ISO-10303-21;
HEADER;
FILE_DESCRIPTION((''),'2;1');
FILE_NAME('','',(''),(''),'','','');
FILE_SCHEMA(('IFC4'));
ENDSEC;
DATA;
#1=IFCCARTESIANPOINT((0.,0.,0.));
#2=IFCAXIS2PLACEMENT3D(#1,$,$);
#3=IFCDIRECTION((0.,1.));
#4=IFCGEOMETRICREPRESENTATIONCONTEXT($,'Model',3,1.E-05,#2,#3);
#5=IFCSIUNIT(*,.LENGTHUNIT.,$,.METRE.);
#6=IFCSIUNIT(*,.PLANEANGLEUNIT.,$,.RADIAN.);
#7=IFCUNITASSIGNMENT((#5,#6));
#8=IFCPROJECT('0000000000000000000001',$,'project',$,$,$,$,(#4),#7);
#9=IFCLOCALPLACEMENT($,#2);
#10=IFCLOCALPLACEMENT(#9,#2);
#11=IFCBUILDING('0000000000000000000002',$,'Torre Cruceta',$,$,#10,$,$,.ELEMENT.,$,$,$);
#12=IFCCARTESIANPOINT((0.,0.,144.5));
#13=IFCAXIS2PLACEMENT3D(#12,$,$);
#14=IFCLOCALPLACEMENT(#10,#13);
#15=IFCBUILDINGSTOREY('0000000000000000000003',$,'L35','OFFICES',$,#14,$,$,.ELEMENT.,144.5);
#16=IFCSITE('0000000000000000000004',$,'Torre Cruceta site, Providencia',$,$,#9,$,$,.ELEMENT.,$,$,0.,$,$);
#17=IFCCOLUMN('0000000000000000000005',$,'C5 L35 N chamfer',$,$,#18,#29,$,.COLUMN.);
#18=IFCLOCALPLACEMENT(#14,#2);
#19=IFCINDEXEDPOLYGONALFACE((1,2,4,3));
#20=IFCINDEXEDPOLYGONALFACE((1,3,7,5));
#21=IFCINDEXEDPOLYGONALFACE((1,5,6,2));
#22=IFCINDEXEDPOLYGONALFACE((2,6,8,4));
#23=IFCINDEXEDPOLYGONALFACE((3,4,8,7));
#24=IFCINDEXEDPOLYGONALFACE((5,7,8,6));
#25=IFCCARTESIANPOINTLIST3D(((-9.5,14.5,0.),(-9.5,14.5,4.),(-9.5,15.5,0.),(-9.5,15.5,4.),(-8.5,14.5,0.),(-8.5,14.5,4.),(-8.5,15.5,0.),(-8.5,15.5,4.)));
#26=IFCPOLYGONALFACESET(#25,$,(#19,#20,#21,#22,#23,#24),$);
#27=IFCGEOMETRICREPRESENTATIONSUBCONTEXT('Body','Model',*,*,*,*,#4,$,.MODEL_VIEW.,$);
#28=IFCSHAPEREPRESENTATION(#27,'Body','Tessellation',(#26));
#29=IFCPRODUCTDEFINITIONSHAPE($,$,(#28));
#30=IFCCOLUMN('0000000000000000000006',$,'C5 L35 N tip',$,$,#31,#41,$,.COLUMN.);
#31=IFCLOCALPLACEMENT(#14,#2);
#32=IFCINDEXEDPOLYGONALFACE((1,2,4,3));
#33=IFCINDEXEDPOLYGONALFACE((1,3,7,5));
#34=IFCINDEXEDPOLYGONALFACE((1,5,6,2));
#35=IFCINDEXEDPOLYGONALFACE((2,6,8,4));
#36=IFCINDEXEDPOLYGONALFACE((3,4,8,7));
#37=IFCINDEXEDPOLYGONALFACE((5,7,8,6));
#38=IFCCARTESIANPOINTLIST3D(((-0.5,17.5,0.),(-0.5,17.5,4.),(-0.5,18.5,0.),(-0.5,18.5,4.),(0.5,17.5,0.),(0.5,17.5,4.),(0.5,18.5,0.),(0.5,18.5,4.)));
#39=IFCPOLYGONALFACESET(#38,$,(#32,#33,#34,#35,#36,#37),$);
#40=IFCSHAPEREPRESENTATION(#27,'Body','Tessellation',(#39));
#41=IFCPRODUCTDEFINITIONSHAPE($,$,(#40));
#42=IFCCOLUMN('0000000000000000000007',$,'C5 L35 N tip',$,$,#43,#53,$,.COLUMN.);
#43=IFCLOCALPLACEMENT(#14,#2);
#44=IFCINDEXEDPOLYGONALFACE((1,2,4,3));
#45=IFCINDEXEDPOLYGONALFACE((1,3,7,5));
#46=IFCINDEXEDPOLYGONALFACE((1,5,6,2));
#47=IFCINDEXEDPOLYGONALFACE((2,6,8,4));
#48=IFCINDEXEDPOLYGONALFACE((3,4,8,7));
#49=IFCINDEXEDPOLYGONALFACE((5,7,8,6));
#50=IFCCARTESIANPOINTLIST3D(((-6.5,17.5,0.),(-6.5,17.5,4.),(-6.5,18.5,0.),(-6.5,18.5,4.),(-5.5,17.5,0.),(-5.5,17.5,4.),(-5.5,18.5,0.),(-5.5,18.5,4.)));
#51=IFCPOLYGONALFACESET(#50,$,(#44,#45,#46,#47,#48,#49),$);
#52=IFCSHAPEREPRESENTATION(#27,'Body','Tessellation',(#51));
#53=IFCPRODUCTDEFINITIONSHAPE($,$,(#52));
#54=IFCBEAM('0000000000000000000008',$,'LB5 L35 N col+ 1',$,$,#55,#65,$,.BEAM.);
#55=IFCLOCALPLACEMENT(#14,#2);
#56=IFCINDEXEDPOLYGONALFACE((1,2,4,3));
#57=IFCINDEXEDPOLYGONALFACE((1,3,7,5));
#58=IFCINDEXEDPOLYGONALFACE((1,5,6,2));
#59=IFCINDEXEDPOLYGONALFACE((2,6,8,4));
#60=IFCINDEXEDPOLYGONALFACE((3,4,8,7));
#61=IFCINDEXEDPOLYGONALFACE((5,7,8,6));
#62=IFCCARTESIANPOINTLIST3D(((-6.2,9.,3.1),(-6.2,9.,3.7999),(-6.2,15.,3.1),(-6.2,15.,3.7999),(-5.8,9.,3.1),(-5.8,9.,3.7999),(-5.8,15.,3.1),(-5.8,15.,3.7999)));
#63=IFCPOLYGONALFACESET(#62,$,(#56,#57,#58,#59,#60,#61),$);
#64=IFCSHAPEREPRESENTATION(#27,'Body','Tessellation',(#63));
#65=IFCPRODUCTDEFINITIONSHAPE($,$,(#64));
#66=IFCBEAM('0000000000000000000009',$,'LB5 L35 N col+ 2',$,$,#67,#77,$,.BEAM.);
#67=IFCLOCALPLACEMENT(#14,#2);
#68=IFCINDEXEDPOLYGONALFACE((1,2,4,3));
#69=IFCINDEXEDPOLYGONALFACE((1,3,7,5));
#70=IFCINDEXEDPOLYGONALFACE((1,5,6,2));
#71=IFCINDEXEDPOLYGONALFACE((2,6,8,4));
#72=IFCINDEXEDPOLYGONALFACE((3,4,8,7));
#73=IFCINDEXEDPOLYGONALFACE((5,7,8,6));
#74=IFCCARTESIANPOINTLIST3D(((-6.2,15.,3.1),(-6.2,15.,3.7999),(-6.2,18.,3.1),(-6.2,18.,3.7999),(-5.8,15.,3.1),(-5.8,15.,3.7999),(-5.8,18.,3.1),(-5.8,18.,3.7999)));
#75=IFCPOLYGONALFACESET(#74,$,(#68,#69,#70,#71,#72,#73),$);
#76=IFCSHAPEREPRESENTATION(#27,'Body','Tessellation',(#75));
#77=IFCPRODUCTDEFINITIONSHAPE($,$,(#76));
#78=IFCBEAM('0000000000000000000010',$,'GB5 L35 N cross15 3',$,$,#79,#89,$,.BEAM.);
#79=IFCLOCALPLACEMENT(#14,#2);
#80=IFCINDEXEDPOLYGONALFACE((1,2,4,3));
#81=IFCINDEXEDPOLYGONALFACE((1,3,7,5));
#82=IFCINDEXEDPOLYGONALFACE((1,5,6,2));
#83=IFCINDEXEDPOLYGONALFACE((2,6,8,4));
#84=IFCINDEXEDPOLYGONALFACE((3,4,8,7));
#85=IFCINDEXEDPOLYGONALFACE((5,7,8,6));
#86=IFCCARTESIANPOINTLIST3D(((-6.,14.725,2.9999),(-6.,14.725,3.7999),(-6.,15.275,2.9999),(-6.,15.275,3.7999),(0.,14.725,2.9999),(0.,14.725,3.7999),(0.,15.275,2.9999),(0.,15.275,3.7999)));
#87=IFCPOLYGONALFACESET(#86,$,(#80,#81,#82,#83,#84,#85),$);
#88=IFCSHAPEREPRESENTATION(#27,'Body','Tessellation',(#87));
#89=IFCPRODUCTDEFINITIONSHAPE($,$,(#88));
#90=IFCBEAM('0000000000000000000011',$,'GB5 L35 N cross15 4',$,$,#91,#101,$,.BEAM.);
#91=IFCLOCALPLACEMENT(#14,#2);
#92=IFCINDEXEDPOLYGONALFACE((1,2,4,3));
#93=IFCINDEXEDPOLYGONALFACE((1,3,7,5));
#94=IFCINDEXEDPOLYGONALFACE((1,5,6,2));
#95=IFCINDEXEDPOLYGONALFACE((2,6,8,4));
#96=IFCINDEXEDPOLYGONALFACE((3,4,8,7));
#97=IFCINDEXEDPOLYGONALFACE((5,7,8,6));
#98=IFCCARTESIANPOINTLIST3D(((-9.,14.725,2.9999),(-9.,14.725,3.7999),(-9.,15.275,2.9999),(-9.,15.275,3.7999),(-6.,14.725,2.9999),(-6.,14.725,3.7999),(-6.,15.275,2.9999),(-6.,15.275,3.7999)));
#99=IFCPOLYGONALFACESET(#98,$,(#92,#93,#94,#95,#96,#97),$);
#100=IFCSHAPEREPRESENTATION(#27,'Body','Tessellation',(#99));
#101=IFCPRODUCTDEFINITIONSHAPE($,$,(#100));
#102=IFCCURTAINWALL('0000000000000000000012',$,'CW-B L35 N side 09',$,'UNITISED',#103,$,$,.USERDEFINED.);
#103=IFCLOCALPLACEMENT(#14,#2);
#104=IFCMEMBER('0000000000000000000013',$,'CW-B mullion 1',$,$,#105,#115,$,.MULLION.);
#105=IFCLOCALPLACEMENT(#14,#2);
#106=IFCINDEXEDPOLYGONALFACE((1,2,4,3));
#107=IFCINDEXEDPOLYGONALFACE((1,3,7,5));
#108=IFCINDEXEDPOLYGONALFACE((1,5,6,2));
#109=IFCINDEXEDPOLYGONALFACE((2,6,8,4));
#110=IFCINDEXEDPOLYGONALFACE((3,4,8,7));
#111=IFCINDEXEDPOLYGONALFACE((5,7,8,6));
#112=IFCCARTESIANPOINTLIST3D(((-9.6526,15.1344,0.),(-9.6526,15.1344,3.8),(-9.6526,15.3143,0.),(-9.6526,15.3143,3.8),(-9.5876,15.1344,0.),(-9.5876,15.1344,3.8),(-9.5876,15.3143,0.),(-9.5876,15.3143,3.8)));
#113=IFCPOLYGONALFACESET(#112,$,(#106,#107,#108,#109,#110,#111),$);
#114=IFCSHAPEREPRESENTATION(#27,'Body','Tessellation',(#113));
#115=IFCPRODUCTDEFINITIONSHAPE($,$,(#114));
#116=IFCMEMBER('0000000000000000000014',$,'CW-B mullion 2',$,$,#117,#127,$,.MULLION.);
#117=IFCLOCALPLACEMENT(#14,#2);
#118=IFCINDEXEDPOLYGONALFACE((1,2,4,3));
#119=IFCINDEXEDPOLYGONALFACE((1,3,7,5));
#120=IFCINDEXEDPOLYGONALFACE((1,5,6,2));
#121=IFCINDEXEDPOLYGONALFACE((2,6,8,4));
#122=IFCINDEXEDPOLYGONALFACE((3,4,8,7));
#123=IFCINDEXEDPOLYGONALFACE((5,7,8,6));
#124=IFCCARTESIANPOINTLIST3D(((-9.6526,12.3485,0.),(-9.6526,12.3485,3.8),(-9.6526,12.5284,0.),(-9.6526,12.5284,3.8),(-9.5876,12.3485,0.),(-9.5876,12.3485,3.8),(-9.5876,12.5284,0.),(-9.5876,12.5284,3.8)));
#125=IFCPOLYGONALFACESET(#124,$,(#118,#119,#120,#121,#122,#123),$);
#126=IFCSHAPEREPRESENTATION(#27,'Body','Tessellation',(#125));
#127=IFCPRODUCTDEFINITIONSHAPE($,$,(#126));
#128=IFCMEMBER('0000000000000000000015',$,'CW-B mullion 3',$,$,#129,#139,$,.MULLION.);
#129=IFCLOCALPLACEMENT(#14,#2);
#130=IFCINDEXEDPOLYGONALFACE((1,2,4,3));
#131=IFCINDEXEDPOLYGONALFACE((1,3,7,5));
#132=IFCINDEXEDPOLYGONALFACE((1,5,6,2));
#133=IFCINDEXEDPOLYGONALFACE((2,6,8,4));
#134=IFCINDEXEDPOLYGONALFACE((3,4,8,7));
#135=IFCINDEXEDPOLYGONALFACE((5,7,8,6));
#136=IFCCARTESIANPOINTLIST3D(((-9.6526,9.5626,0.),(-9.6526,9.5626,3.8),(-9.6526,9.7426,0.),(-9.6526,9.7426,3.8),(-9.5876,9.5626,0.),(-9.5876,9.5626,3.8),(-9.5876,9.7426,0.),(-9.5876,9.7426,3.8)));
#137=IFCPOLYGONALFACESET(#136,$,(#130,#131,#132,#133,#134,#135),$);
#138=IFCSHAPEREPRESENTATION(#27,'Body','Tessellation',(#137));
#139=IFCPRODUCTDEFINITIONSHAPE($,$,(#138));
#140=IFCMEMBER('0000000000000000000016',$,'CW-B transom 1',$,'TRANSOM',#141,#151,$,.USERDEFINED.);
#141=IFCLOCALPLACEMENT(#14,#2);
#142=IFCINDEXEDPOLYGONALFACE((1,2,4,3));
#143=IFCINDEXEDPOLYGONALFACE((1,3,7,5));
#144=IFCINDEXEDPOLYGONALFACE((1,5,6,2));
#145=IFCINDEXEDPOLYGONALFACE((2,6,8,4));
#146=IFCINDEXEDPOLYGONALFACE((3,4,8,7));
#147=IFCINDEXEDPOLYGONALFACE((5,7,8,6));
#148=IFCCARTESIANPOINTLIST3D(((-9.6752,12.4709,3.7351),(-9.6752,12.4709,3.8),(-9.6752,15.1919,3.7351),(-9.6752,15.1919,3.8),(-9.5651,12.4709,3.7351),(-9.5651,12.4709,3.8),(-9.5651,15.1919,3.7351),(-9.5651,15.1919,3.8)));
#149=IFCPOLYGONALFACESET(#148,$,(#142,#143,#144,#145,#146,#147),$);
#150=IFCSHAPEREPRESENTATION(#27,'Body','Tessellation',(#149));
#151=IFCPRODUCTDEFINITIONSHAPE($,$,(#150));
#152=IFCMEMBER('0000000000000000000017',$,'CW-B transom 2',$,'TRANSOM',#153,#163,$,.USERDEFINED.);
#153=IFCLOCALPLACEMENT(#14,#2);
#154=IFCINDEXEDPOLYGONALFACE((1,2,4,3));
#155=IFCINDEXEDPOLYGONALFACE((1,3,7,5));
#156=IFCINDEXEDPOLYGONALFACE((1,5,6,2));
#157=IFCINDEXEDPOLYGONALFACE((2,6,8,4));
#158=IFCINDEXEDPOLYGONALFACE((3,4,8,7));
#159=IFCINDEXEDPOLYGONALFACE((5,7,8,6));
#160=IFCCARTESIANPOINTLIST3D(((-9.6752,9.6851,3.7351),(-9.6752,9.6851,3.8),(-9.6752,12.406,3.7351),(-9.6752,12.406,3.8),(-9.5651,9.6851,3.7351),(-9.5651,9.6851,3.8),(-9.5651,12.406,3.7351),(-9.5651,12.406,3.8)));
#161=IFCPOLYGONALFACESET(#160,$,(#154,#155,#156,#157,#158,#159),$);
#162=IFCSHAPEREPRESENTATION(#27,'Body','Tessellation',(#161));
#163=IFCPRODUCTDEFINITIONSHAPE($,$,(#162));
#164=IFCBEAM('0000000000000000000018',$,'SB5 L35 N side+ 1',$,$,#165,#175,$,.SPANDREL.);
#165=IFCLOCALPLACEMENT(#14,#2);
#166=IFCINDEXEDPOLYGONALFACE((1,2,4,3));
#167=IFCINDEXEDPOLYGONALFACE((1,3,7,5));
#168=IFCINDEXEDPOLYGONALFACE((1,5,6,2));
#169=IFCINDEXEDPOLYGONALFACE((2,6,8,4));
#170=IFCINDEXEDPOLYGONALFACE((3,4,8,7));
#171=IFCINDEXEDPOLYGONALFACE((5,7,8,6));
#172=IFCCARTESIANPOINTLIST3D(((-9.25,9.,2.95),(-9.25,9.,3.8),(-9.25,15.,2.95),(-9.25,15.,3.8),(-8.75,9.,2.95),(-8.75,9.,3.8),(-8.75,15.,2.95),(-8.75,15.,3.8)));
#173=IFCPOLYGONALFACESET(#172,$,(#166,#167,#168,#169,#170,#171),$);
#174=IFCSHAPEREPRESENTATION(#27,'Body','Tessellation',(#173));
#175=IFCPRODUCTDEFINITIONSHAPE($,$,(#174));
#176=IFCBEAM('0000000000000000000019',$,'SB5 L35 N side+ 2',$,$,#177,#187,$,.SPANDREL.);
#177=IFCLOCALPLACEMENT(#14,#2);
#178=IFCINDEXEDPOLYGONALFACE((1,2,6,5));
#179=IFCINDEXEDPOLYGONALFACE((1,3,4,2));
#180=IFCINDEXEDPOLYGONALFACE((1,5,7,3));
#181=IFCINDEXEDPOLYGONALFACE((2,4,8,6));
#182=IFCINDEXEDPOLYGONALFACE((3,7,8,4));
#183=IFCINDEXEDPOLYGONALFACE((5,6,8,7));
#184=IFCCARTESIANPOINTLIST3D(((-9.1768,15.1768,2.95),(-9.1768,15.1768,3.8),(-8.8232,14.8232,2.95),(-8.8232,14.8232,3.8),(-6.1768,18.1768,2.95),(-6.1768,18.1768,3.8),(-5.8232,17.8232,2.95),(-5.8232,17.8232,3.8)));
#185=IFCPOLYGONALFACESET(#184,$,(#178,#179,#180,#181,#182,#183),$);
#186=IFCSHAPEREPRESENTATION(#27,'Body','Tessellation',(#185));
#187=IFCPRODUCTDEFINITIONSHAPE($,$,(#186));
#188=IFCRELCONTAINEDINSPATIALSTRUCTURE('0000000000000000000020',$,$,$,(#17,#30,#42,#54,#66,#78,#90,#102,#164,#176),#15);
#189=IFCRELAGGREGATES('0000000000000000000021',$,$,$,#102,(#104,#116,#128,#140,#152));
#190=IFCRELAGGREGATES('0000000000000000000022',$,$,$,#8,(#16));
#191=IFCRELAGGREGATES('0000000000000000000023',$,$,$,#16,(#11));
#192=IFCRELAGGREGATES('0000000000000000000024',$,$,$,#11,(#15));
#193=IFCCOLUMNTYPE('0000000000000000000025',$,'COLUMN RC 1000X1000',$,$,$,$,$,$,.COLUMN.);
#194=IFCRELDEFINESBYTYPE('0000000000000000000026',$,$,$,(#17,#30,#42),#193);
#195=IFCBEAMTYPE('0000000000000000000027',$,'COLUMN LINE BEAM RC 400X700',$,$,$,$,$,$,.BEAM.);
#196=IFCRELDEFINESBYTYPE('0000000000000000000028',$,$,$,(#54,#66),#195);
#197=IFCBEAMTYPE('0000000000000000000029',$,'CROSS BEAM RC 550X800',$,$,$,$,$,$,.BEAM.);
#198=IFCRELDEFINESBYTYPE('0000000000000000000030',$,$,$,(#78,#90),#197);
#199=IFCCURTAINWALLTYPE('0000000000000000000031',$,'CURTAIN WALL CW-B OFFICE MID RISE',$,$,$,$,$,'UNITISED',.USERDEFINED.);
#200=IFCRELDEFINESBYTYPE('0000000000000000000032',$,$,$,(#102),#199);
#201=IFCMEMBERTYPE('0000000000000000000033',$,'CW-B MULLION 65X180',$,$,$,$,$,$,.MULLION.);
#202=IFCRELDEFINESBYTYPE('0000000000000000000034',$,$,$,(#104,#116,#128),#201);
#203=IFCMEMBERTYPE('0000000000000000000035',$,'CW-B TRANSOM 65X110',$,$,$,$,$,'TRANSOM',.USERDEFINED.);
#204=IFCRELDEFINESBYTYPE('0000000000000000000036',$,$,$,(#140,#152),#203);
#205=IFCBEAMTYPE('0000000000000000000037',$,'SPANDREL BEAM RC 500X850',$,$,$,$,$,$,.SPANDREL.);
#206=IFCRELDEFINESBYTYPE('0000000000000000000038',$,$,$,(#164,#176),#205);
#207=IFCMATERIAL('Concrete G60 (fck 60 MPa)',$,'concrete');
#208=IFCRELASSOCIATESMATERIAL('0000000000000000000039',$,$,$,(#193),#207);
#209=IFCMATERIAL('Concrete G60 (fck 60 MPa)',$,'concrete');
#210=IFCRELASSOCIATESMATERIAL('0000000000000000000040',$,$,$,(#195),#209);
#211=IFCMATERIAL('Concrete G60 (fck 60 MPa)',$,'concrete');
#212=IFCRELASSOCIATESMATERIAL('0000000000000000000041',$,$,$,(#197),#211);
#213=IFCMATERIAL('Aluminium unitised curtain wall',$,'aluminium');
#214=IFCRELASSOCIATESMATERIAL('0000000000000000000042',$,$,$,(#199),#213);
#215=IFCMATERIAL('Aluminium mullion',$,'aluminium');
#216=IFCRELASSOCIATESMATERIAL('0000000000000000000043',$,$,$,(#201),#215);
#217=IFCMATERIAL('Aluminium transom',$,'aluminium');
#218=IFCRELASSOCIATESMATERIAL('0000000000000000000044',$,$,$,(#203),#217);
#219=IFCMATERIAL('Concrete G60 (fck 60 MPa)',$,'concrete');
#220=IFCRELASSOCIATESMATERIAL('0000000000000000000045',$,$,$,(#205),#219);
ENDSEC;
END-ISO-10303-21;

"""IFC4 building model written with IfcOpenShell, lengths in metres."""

from ifc_helpers import new_model, si_unit, direction, frame, origin, origin_2d, place, context, subcontext, project, spatial, rectangle, extrude, material, material_profile, profile_set, type_object, element, aggregate, save


model = new_model("IFC4")

# Units and contexts
model_context = context("Model", 3, precision=1e-05, world=origin(), true_north=direction((0.0, 1.0)))
body_context = subcontext(model_context, "Body", "Model", "MODEL_VIEW")
ifc_project = project(units=[si_unit("LENGTHUNIT", "METRE"), si_unit("PLANEANGLEUNIT", "RADIAN")], contexts=[model_context])

# Site, building, storey
site_placement = place(None, origin())
site = spatial("IfcSite", under=ifc_project, at=site_placement, Name="Torre Cruceta site, Providencia", CompositionType="ELEMENT", RefElevation=0.0)
building_placement = place(site_placement, origin())
building = spatial("IfcBuilding", under=site, at=building_placement, Name="Torre Cruceta", CompositionType="ELEMENT")
storey_placement = place(building_placement, frame((0.0, 0.0, 144.5)))
storey = spatial("IfcBuildingStorey", under=building, at=storey_placement, Name="L35", Description="OFFICES", CompositionType="ELEMENT", Elevation=144.5)

# Columns
ifc_material_1 = material(Name="Concrete G60 (fck 60 MPa)", Category="concrete")
ifc_material_profile_1 = material_profile(ifc_material_1, rectangle(XDim=1.0, YDim=1.0, at=origin_2d()), Name="RC 1000X1000")
ifc_profile_set_1 = profile_set([ifc_material_profile_1], Name="Concrete G60 (fck 60 MPa)")
column_type = type_object("IfcColumnType", Name="COLUMN RC 1000X1000", PredefinedType="COLUMN", material=ifc_profile_set_1)
for number, where, z_axis, x_axis, name in (
    (1, (-9.0, 15.0, 0.0), (0.0, 0.0, 1.0), (1.0, 0.0, 0.0), "C5 L35 N chamfer"),
    (2, (0.0, 18.0, 0.0), (0.0, 0.0, 1.0), (1.0, 0.0, 0.0), "C5 L35 N tip"),
    (3, (-6.0, 18.0, 0.0), (0.0, 0.0, 1.0), (1.0, 0.0, 0.0), "C5 L35 N tip"),
):
    element("IfcColumn", number, at=place(storey_placement, frame(where, z_axis=z_axis, x_axis=x_axis)), inside=storey, type_object=column_type, Name=name, PredefinedType="COLUMN", context=body_context, shape_type="SweptSolid", body=[
        extrude(rectangle(XDim=1.0, YDim=1.0, at=origin_2d()), origin(), (0.0, 0.0, 1.0), 4.0),
    ])

# Beams
ifc_material_2 = material(Name="Concrete G60 (fck 60 MPa)", Category="concrete")
ifc_material_profile_2 = material_profile(ifc_material_2, rectangle(XDim=0.3999, YDim=0.7, at=origin_2d()), Name="RC 400X700")
ifc_profile_set_2 = profile_set([ifc_material_profile_2], Name="Concrete G60 (fck 60 MPa)")
beam_type_1 = type_object("IfcBeamType", Name="COLUMN LINE BEAM RC 400X700", PredefinedType="BEAM", material=ifc_profile_set_2)
beam_1_placement = place(storey_placement, frame((-6.0, 9.0, 3.45), z_axis=(0.0, 1.0, 0.0), x_axis=(-1.0, 0.0, 0.0)))
element("IfcBeam", 4, at=beam_1_placement, inside=storey, type_object=beam_type_1, Name="LB5 L35 N col+ 1", PredefinedType="BEAM", context=body_context, shape_type="SweptSolid", body=[
    extrude(rectangle(XDim=0.3999, YDim=0.7, at=origin_2d()), origin(), (0.0, 0.0, 1.0), 6.0),
])
beam_2_placement = place(storey_placement, frame((-6.0, 15.0, 3.45), z_axis=(0.0, 1.0, 0.0), x_axis=(-1.0, 0.0, 0.0)))
element("IfcBeam", 5, at=beam_2_placement, inside=storey, type_object=beam_type_1, Name="LB5 L35 N col+ 2", PredefinedType="BEAM", context=body_context, shape_type="SweptSolid", body=[
    extrude(rectangle(XDim=0.3999, YDim=0.7, at=origin_2d()), origin(), (0.0, 0.0, 1.0), 3.0),
])
ifc_material_3 = material(Name="Concrete G60 (fck 60 MPa)", Category="concrete")
ifc_material_profile_3 = material_profile(ifc_material_3, rectangle(XDim=0.55, YDim=0.8, at=origin_2d()), Name="RC 550X800")
ifc_profile_set_3 = profile_set([ifc_material_profile_3], Name="Concrete G60 (fck 60 MPa)")
beam_type_2 = type_object("IfcBeamType", Name="CROSS BEAM RC 550X800", PredefinedType="BEAM", material=ifc_profile_set_3)
beam_3_placement = place(storey_placement, frame((0.0, 15.0, 3.3999), z_axis=(-1.0, 0.0, 0.0), x_axis=(0.0, -1.0, 0.0)))
element("IfcBeam", 6, at=beam_3_placement, inside=storey, type_object=beam_type_2, Name="GB5 L35 N cross15 3", PredefinedType="BEAM", context=body_context, shape_type="SweptSolid", body=[
    extrude(rectangle(XDim=0.55, YDim=0.8, at=origin_2d()), origin(), (0.0, 0.0, 1.0), 6.0),
])
beam_4_placement = place(storey_placement, frame((-6.0, 15.0, 3.3999), z_axis=(-1.0, 0.0, 0.0), x_axis=(0.0, -1.0, 0.0)))
element("IfcBeam", 7, at=beam_4_placement, inside=storey, type_object=beam_type_2, Name="GB5 L35 N cross15 4", PredefinedType="BEAM", context=body_context, shape_type="SweptSolid", body=[
    extrude(rectangle(XDim=0.55, YDim=0.8, at=origin_2d()), origin(), (0.0, 0.0, 1.0), 3.0),
])

# Curtain wall, members
ifc_material_4 = material(Name="Aluminium unitised curtain wall", Category="aluminium")
curtain_wall_type = type_object("IfcCurtainWallType", Name="CURTAIN WALL CW-B OFFICE MID RISE", ElementType="UNITISED", PredefinedType="USERDEFINED", material=ifc_material_4)
curtain_wall_placement = place(storey_placement, origin())
curtain_wall = element("IfcCurtainWall", 8, at=curtain_wall_placement, inside=storey, type_object=curtain_wall_type, Name="CW-B L35 N side 09", ObjectType="UNITISED", PredefinedType="USERDEFINED")
ifc_material_5 = material(Name="Aluminium mullion", Category="aluminium")
ifc_material_profile_4 = material_profile(ifc_material_5, rectangle(XDim=0.0649, YDim=0.1799, at=origin_2d()), Name="AL 65X180")
ifc_profile_set_4 = profile_set([ifc_material_profile_4], Name="Aluminium mullion")
member_type_1 = type_object("IfcMemberType", Name="CW-B MULLION 65X180", PredefinedType="MULLION", material=ifc_profile_set_4)
member_1_placement = place(storey_placement, frame((-9.6201, 15.2244, 0.0), z_axis=(0.0, 0.0, 1.0), x_axis=(1.0, 0.0, 0.0)))
member_1 = element("IfcMember", 9, at=member_1_placement, type_object=member_type_1, Name="CW-B mullion 1", PredefinedType="MULLION", context=body_context, shape_type="SweptSolid", body=[
    extrude(rectangle(XDim=0.0649, YDim=0.1799, at=origin_2d()), origin(), (0.0, 0.0, 1.0), 3.8),
])
member_2_placement = place(storey_placement, frame((-9.6201, 12.4385, 0.0), z_axis=(0.0, 0.0, 1.0), x_axis=(1.0, 0.0, 0.0)))
member_2 = element("IfcMember", 10, at=member_2_placement, type_object=member_type_1, Name="CW-B mullion 2", PredefinedType="MULLION", context=body_context, shape_type="SweptSolid", body=[
    extrude(rectangle(XDim=0.0649, YDim=0.1799, at=origin_2d()), origin(), (0.0, 0.0, 1.0), 3.8),
])
member_3_placement = place(storey_placement, frame((-9.6201, 9.6526, 0.0), z_axis=(0.0, 0.0, 1.0), x_axis=(1.0, 0.0, 0.0)))
member_3 = element("IfcMember", 11, at=member_3_placement, type_object=member_type_1, Name="CW-B mullion 3", PredefinedType="MULLION", context=body_context, shape_type="SweptSolid", body=[
    extrude(rectangle(XDim=0.0649, YDim=0.1799, at=origin_2d()), origin(), (0.0, 0.0, 1.0), 3.8),
])
ifc_material_6 = material(Name="Aluminium transom", Category="aluminium")
ifc_material_profile_5 = material_profile(ifc_material_6, rectangle(XDim=0.1101, YDim=0.0649, at=origin_2d()), Name="AL 110X65")
ifc_profile_set_5 = profile_set([ifc_material_profile_5], Name="Aluminium transom")
member_type_2 = type_object("IfcMemberType", Name="CW-B TRANSOM 65X110", ElementType="TRANSOM", PredefinedType="USERDEFINED", material=ifc_profile_set_5)
member_4_placement = place(storey_placement, frame((-9.6201, 15.1919, 3.7676), z_axis=(0.0, -1.0, 0.0), x_axis=(1.0, 0.0, 0.0)))
member_4 = element("IfcMember", 12, at=member_4_placement, type_object=member_type_2, Name="CW-B transom 1", ObjectType="TRANSOM", PredefinedType="USERDEFINED", context=body_context, shape_type="SweptSolid", body=[
    extrude(rectangle(XDim=0.1101, YDim=0.0649, at=origin_2d()), origin(), (0.0, 0.0, 1.0), 2.7209),
])
member_5_placement = place(storey_placement, frame((-9.6201, 12.406, 3.7676), z_axis=(0.0, -1.0, 0.0), x_axis=(1.0, 0.0, 0.0)))
member_5 = element("IfcMember", 13, at=member_5_placement, type_object=member_type_2, Name="CW-B transom 2", ObjectType="TRANSOM", PredefinedType="USERDEFINED", context=body_context, shape_type="SweptSolid", body=[
    extrude(rectangle(XDim=0.1101, YDim=0.0649, at=origin_2d()), origin(), (0.0, 0.0, 1.0), 2.7209),
])

# Beams
ifc_material_7 = material(Name="Concrete G60 (fck 60 MPa)", Category="concrete")
ifc_material_profile_6 = material_profile(ifc_material_7, rectangle(XDim=0.5, YDim=0.8501, at=origin_2d()), Name="RC 500X850")
ifc_profile_set_6 = profile_set([ifc_material_profile_6], Name="Concrete G60 (fck 60 MPa)")
beam_type_3 = type_object("IfcBeamType", Name="SPANDREL BEAM RC 500X850", PredefinedType="SPANDREL", material=ifc_profile_set_6)
beam_5_placement = place(storey_placement, frame((-9.0, 9.0, 3.375), z_axis=(0.0, 1.0, 0.0), x_axis=(-1.0, 0.0, 0.0)))
element("IfcBeam", 14, at=beam_5_placement, inside=storey, type_object=beam_type_3, Name="SB5 L35 N side+ 1", PredefinedType="SPANDREL", context=body_context, shape_type="SweptSolid", body=[
    extrude(rectangle(XDim=0.5, YDim=0.8501, at=origin_2d()), origin(), (0.0, 0.0, 1.0), 6.0),
])
beam_6_placement = place(storey_placement, frame((-9.0, 15.0, 3.375), z_axis=(0.707107, 0.707107, 0.0), x_axis=(-0.707107, 0.707107, 0.0)))
element("IfcBeam", 15, at=beam_6_placement, inside=storey, type_object=beam_type_3, Name="SB5 L35 N side+ 2", PredefinedType="SPANDREL", context=body_context, shape_type="SweptSolid", body=[
    extrude(rectangle(XDim=0.5, YDim=0.8501, at=origin_2d()), origin(), (0.0, 0.0, 1.0), 4.2427),
])

aggregate(curtain_wall, [member_1, member_2, member_3, member_4, member_5])

save(model, "model.ifc")
